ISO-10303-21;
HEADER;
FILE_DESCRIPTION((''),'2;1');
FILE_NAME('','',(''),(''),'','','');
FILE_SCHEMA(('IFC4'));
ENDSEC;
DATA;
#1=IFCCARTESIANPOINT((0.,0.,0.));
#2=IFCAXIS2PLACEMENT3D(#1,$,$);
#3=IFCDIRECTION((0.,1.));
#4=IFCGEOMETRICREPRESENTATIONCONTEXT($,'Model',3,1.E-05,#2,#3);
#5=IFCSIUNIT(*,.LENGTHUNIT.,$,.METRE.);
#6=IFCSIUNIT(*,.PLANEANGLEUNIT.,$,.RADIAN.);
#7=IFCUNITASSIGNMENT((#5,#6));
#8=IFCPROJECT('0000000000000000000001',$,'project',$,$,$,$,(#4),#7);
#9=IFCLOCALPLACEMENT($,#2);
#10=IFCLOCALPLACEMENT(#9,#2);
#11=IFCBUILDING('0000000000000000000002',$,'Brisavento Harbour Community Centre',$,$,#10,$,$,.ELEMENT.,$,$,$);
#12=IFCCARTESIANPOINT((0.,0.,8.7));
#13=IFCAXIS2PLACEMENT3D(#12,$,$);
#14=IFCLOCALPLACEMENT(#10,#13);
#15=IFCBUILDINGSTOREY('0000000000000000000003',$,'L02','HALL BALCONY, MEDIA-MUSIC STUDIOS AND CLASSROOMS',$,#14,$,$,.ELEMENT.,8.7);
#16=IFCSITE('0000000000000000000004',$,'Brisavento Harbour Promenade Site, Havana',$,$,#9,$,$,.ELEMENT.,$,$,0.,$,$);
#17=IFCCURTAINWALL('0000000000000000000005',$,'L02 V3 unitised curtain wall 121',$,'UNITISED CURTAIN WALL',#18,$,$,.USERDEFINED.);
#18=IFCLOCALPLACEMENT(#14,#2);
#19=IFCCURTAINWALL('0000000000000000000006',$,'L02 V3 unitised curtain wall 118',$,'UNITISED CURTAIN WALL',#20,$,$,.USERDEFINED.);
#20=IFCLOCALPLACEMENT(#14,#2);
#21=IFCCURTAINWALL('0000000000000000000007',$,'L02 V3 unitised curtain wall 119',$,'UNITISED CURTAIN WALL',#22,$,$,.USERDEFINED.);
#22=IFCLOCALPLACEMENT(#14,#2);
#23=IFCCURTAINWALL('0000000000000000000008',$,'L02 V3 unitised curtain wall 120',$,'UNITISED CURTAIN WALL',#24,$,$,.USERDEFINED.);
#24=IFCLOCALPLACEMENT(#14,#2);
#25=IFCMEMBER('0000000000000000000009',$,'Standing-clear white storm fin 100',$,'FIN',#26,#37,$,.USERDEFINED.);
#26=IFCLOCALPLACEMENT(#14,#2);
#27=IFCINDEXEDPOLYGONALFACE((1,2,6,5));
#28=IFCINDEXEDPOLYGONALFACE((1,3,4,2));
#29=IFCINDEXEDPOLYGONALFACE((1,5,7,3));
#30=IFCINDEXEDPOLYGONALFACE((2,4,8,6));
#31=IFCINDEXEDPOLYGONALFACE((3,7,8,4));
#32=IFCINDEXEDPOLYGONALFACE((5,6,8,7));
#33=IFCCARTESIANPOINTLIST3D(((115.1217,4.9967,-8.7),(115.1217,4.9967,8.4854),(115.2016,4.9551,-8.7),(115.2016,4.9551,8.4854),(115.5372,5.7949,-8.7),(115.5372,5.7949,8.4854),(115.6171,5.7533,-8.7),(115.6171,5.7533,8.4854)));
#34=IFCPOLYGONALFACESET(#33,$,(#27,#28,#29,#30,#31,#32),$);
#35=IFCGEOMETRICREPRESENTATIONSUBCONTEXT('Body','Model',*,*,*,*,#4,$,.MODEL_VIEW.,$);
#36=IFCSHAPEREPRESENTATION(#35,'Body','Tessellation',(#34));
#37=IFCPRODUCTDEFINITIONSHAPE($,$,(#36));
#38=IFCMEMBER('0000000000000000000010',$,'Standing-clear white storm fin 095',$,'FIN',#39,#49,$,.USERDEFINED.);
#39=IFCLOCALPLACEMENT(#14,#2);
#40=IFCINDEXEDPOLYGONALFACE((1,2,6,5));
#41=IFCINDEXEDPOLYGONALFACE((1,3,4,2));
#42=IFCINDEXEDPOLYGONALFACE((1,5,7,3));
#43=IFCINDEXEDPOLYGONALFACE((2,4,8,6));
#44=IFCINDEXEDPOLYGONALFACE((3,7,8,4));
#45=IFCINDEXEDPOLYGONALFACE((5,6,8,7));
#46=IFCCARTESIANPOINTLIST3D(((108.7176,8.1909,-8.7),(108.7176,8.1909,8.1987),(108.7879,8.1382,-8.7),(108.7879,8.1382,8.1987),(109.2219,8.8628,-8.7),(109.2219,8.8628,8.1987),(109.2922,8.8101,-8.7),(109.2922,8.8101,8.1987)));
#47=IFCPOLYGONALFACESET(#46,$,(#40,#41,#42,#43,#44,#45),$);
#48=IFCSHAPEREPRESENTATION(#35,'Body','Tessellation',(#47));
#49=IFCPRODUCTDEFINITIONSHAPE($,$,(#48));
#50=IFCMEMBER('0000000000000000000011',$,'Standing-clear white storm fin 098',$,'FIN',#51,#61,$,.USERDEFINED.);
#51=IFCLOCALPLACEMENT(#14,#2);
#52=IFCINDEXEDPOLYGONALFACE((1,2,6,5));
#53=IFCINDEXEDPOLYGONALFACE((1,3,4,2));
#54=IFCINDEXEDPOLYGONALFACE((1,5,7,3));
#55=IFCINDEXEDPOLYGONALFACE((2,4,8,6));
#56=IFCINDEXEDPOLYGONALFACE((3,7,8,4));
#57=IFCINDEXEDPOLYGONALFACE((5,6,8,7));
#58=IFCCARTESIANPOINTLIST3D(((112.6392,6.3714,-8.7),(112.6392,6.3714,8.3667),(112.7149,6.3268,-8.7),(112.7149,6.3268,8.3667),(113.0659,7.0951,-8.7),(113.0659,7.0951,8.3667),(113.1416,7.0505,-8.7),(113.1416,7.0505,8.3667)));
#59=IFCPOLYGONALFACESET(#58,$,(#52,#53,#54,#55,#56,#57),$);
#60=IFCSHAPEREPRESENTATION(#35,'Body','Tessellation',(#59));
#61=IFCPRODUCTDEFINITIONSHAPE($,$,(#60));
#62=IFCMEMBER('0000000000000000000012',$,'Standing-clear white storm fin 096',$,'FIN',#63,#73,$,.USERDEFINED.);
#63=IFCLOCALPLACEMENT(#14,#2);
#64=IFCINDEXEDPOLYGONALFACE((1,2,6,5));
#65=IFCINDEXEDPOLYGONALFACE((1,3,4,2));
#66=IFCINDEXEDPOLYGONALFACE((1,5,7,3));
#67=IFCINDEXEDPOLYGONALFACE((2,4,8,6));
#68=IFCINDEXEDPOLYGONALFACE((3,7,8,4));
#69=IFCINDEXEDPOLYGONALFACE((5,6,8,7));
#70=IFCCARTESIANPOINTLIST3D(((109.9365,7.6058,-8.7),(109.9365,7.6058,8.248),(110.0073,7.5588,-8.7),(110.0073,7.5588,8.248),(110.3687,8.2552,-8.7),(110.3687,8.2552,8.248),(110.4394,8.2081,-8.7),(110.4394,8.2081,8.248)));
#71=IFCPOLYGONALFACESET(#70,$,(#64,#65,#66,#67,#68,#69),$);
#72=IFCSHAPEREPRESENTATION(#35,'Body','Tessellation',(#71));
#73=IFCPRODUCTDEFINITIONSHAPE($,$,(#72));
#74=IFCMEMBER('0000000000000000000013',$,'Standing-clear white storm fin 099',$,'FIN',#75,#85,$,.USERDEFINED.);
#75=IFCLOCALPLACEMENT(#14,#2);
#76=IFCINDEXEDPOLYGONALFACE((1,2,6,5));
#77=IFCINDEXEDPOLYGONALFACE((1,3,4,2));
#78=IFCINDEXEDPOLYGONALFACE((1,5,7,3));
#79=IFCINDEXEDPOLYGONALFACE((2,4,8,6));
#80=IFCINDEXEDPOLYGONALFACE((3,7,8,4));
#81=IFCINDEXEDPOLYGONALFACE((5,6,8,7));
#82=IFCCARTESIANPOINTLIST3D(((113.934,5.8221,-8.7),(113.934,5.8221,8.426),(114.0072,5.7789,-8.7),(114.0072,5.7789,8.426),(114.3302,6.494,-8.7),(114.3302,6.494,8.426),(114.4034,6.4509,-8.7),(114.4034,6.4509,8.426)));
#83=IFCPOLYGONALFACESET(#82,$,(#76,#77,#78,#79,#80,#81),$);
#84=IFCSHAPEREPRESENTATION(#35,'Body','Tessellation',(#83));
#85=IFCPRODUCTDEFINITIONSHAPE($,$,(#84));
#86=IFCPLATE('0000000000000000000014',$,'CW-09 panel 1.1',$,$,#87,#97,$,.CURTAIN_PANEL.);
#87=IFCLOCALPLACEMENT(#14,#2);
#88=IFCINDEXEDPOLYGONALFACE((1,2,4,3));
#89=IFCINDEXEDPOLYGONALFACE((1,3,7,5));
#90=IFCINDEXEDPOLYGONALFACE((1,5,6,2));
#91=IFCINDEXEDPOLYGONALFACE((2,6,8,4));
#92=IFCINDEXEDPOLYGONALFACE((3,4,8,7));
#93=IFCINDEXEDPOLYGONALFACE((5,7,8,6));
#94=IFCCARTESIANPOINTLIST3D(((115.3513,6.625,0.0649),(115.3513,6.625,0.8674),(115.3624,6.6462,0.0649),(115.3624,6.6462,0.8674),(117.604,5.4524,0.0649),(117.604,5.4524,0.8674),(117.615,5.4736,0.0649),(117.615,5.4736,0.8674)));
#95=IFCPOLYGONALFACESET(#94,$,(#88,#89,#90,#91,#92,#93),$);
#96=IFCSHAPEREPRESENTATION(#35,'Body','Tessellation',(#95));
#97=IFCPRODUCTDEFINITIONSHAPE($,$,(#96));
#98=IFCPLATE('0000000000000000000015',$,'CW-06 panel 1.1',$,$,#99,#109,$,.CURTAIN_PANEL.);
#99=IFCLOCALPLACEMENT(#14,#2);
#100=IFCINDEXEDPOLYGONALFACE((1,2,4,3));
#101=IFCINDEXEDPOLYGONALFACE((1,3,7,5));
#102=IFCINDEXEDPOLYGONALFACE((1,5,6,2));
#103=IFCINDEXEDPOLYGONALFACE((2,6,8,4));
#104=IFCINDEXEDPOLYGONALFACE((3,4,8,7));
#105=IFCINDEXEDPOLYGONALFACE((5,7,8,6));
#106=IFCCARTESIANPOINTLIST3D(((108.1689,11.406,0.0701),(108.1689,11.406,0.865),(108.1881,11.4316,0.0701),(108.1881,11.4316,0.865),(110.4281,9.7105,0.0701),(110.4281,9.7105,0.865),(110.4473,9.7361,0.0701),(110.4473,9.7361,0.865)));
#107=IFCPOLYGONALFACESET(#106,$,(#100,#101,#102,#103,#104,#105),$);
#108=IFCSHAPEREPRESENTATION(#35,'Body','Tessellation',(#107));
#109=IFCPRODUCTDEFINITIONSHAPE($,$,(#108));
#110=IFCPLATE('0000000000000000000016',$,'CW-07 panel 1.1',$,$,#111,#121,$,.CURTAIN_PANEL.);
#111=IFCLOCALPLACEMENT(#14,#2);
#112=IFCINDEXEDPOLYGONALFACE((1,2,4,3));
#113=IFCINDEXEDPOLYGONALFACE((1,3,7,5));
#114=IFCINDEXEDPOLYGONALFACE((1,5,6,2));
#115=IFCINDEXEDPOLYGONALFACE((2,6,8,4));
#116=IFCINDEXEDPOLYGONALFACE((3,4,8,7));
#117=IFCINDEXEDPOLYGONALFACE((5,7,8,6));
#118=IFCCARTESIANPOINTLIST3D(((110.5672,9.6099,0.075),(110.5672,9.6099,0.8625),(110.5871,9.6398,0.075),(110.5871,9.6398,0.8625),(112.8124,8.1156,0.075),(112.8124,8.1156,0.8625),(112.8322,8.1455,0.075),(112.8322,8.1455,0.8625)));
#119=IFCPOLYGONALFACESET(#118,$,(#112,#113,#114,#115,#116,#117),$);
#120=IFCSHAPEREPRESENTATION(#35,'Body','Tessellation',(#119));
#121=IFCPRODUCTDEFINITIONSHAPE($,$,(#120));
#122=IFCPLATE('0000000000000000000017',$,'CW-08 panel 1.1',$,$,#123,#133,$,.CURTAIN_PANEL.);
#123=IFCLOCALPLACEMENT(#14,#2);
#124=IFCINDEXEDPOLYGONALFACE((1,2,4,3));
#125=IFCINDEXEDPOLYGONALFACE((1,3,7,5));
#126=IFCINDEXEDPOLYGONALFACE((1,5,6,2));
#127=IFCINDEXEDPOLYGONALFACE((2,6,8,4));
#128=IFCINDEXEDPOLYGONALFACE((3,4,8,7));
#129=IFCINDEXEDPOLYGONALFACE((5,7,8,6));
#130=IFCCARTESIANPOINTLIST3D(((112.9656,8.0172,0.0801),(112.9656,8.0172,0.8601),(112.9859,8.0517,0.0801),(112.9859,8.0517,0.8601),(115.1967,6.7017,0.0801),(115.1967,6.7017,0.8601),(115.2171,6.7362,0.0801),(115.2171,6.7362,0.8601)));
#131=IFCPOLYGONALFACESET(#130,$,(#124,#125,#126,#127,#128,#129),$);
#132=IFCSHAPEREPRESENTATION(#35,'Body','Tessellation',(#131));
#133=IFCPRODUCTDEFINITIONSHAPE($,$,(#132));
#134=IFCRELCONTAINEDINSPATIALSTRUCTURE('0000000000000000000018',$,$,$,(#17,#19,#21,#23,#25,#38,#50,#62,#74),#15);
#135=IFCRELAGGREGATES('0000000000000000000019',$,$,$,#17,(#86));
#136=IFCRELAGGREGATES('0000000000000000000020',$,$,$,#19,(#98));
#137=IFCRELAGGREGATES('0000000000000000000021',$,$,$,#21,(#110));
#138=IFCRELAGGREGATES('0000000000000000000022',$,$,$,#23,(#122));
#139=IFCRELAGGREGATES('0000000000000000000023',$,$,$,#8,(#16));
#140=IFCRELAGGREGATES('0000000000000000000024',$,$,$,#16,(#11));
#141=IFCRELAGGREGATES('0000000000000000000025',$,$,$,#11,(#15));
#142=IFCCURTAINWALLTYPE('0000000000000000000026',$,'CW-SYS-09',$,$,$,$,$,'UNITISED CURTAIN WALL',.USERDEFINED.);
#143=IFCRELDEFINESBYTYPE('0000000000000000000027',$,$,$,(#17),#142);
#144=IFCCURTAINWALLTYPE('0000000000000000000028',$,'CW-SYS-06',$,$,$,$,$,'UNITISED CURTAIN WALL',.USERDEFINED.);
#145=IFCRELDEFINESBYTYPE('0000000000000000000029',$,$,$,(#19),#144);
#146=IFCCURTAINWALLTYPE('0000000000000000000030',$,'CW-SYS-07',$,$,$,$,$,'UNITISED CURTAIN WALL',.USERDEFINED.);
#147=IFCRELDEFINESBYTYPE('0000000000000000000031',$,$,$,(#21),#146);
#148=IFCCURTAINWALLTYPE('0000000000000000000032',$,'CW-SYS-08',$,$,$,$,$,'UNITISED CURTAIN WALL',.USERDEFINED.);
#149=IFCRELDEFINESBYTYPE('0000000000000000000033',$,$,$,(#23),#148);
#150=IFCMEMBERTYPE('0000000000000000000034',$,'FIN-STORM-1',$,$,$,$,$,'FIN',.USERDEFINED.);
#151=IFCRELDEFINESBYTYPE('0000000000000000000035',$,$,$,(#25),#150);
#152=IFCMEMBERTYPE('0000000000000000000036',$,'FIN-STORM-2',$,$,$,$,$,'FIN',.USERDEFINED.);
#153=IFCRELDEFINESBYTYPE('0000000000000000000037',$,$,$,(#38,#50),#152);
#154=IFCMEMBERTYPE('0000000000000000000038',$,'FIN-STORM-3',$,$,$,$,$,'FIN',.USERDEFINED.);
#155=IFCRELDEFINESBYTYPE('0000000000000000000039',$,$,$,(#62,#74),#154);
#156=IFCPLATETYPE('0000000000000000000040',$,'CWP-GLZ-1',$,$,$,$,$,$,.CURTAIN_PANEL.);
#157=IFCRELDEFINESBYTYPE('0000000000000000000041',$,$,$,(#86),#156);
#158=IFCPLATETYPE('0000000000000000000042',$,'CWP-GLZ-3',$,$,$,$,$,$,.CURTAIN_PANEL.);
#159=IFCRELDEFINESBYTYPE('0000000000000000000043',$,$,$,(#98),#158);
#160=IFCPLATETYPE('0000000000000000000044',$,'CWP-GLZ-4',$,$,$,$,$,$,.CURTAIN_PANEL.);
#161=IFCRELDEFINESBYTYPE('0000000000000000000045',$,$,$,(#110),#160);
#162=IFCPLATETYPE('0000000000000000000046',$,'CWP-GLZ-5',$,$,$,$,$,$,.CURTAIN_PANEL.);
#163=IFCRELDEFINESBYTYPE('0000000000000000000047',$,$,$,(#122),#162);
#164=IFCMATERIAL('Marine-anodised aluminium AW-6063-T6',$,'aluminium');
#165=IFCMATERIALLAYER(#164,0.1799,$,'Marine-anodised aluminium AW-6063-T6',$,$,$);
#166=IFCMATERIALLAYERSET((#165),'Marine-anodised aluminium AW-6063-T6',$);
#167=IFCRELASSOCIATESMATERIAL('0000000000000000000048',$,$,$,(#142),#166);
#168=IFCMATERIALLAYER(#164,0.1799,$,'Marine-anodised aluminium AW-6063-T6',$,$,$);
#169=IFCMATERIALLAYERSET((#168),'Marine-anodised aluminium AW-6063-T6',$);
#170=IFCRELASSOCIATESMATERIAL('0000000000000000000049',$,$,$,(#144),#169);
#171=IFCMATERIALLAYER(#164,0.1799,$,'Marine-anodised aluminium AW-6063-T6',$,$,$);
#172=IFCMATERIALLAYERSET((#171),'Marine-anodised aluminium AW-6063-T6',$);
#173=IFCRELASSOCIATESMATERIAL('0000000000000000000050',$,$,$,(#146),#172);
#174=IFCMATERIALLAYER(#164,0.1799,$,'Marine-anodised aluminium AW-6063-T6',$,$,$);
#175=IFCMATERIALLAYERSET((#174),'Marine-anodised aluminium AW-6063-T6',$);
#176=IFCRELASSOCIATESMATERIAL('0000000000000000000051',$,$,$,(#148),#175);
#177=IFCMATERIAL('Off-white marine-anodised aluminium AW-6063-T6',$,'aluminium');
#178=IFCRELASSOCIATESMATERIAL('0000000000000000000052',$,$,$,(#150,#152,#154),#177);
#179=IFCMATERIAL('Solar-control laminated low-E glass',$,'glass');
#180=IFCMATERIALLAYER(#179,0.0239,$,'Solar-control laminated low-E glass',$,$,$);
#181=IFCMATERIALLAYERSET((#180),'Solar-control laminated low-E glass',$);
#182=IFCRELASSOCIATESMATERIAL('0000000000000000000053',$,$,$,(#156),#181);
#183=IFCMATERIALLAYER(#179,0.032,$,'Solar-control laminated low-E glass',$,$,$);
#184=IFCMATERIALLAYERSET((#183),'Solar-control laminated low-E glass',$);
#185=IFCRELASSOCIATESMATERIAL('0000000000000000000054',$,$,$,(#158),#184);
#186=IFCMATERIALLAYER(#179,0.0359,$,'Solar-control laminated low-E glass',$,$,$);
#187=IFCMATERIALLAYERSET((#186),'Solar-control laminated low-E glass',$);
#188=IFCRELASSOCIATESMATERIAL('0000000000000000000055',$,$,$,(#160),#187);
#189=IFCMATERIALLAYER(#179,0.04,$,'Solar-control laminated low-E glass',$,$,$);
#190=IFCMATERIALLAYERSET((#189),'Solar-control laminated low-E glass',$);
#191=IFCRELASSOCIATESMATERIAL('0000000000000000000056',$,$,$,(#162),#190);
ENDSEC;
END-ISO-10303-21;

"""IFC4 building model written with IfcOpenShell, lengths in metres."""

from ifc_helpers import new_model, si_unit, direction, frame, origin, origin_2d, place, context, subcontext, project, spatial, rectangle, extrude, material, layer, layer_set, material_profile, profile_set, type_object, element, aggregate, save


model = new_model("IFC4")

# Units and contexts
model_context = context("Model", 3, precision=1e-05, world=origin(), true_north=direction((0.0, 1.0)))
body_context = subcontext(model_context, "Body", "Model", "MODEL_VIEW")
ifc_project = project(units=[si_unit("LENGTHUNIT", "METRE"), si_unit("PLANEANGLEUNIT", "RADIAN")], contexts=[model_context])

# Site, building, storey
site_placement = place(None, origin())
site = spatial("IfcSite", under=ifc_project, at=site_placement, Name="Brisavento Harbour Promenade Site, Havana", CompositionType="ELEMENT", RefElevation=0.0)
building_placement = place(site_placement, origin())
building = spatial("IfcBuilding", under=site, at=building_placement, Name="Brisavento Harbour Community Centre", CompositionType="ELEMENT")
storey_placement = place(building_placement, frame((0.0, 0.0, 8.7)))
storey = spatial("IfcBuildingStorey", under=building, at=storey_placement, Name="L02", Description="HALL BALCONY, MEDIA-MUSIC STUDIOS AND CLASSROOMS", CompositionType="ELEMENT", Elevation=8.7)

# Curtain walls
ifc_material_1 = material(Name="Marine-anodised aluminium AW-6063-T6", Category="aluminium")
ifc_layer_1 = layer(ifc_material_1, 0.1799, Name="Marine-anodised aluminium AW-6063-T6")
ifc_layer_set_1 = layer_set([ifc_layer_1], Name="Marine-anodised aluminium AW-6063-T6")
curtain_wall_type_1 = type_object("IfcCurtainWallType", Name="CW-SYS-09", ElementType="UNITISED CURTAIN WALL", PredefinedType="USERDEFINED", material=ifc_layer_set_1)
curtain_wall_1_placement = place(storey_placement, origin())
curtain_wall_1 = element("IfcCurtainWall", 1, at=curtain_wall_1_placement, inside=storey, type_object=curtain_wall_type_1, Name="L02 V3 unitised curtain wall 121", ObjectType="UNITISED CURTAIN WALL", PredefinedType="USERDEFINED")
ifc_layer_2 = layer(ifc_material_1, 0.1799, Name="Marine-anodised aluminium AW-6063-T6")
ifc_layer_set_2 = layer_set([ifc_layer_2], Name="Marine-anodised aluminium AW-6063-T6")
curtain_wall_type_2 = type_object("IfcCurtainWallType", Name="CW-SYS-06", ElementType="UNITISED CURTAIN WALL", PredefinedType="USERDEFINED", material=ifc_layer_set_2)
curtain_wall_2_placement = place(storey_placement, origin())
curtain_wall_2 = element("IfcCurtainWall", 2, at=curtain_wall_2_placement, inside=storey, type_object=curtain_wall_type_2, Name="L02 V3 unitised curtain wall 118", ObjectType="UNITISED CURTAIN WALL", PredefinedType="USERDEFINED")

# Curtain walls
ifc_layer_3 = layer(ifc_material_1, 0.1799, Name="Marine-anodised aluminium AW-6063-T6")
ifc_layer_set_3 = layer_set([ifc_layer_3], Name="Marine-anodised aluminium AW-6063-T6")
curtain_wall_type_3 = type_object("IfcCurtainWallType", Name="CW-SYS-07", ElementType="UNITISED CURTAIN WALL", PredefinedType="USERDEFINED", material=ifc_layer_set_3)
curtain_wall_3_placement = place(storey_placement, origin())
curtain_wall_3 = element("IfcCurtainWall", 3, at=curtain_wall_3_placement, inside=storey, type_object=curtain_wall_type_3, Name="L02 V3 unitised curtain wall 119", ObjectType="UNITISED CURTAIN WALL", PredefinedType="USERDEFINED")
ifc_layer_4 = layer(ifc_material_1, 0.1799, Name="Marine-anodised aluminium AW-6063-T6")
ifc_layer_set_4 = layer_set([ifc_layer_4], Name="Marine-anodised aluminium AW-6063-T6")
curtain_wall_type_4 = type_object("IfcCurtainWallType", Name="CW-SYS-08", ElementType="UNITISED CURTAIN WALL", PredefinedType="USERDEFINED", material=ifc_layer_set_4)
curtain_wall_4_placement = place(storey_placement, origin())
curtain_wall_4 = element("IfcCurtainWall", 4, at=curtain_wall_4_placement, inside=storey, type_object=curtain_wall_type_4, Name="L02 V3 unitised curtain wall 120", ObjectType="UNITISED CURTAIN WALL", PredefinedType="USERDEFINED")

# Members
ifc_material_2 = material(Name="Off-white marine-anodised aluminium AW-6063-T6", Category="aluminium")
ifc_material_profile_1 = material_profile(ifc_material_2, rectangle(XDim=0.0901, YDim=0.8999, at=origin_2d()), Name="Off-white marine-anodised aluminium AW-6063-T6")
ifc_profile_set_1 = profile_set([ifc_material_profile_1], Name="Off-white marine-anodised aluminium AW-6063-T6")
member_type_1 = type_object("IfcMemberType", Name="FIN-STORM-1", ElementType="FIN", PredefinedType="USERDEFINED", material=ifc_profile_set_1)
member_1_placement = place(storey_placement, frame((115.3694, 5.375, -8.7), z_axis=(0.0, 0.0, 1.0), x_axis=(-0.887035, 0.461702, 0.0)))
element("IfcMember", 5, at=member_1_placement, inside=storey, type_object=member_type_1, Name="Standing-clear white storm fin 100", ObjectType="FIN", PredefinedType="USERDEFINED", context=body_context, shape_type="SweptSolid", body=[
    extrude(rectangle(XDim=0.0901, YDim=0.8999, at=origin_2d()), origin(), (0.0, 0.0, 1.0), 17.1853),
])
ifc_material_profile_2 = material_profile(ifc_material_2, rectangle(XDim=0.0879, YDim=0.8401, at=origin_2d()), Name="Off-white marine-anodised aluminium AW-6063-T6")
ifc_profile_set_2 = profile_set([ifc_material_profile_2], Name="Off-white marine-anodised aluminium AW-6063-T6")
member_type_2 = type_object("IfcMemberType", Name="FIN-STORM-2", ElementType="FIN", PredefinedType="USERDEFINED", material=ifc_profile_set_2)
member_2_placement = place(storey_placement, frame((109.0049, 8.5005, -8.7), z_axis=(0.0, 0.0, 1.0), x_axis=(-0.79981, 0.600253, 0.0)))
element("IfcMember", 6, at=member_2_placement, inside=storey, type_object=member_type_2, Name="Standing-clear white storm fin 095", ObjectType="FIN", PredefinedType="USERDEFINED", context=body_context, shape_type="SweptSolid", body=[
    extrude(rectangle(XDim=0.0879, YDim=0.8401, at=origin_2d()), origin(), (0.0, 0.0, 1.0), 16.8987),
])
member_3_placement = place(storey_placement, frame((112.8904, 6.7109, -8.7), z_axis=(0.0, 0.0, 1.0), x_axis=(-0.861434, 0.507869, 0.0)))
element("IfcMember", 7, at=member_3_placement, inside=storey, type_object=member_type_2, Name="Standing-clear white storm fin 098", ObjectType="FIN", PredefinedType="USERDEFINED", context=body_context, shape_type="SweptSolid", body=[
    extrude(rectangle(XDim=0.0879, YDim=0.8401, at=origin_2d()), origin(), (0.0, 0.0, 1.0), 17.0667),
])
ifc_material_profile_3 = material_profile(ifc_material_2, rectangle(XDim=0.085, YDim=0.78, at=origin_2d()), Name="Off-white marine-anodised aluminium AW-6063-T6")
ifc_profile_set_3 = profile_set([ifc_material_profile_3], Name="Off-white marine-anodised aluminium AW-6063-T6")
member_type_3 = type_object("IfcMemberType", Name="FIN-STORM-3", ElementType="FIN", PredefinedType="USERDEFINED", material=ifc_profile_set_3)
member_4_placement = place(storey_placement, frame((110.188, 7.907, -8.7), z_axis=(0.0, 0.0, 1.0), x_axis=(-0.832477, 0.55406, 0.0)))
element("IfcMember", 8, at=member_4_placement, inside=storey, type_object=member_type_3, Name="Standing-clear white storm fin 096", ObjectType="FIN", PredefinedType="USERDEFINED", context=body_context, shape_type="SweptSolid", body=[
    extrude(rectangle(XDim=0.085, YDim=0.78, at=origin_2d()), origin(), (0.0, 0.0, 1.0), 16.948),
])
member_5_placement = place(storey_placement, frame((114.1687, 6.1365, -8.7), z_axis=(0.0, 0.0, 1.0), x_axis=(-0.861434, 0.507869, 0.0)))
element("IfcMember", 9, at=member_5_placement, inside=storey, type_object=member_type_3, Name="Standing-clear white storm fin 099", ObjectType="FIN", PredefinedType="USERDEFINED", context=body_context, shape_type="SweptSolid", body=[
    extrude(rectangle(XDim=0.085, YDim=0.78, at=origin_2d()), origin(), (0.0, 0.0, 1.0), 17.126),
])

# Plates
ifc_material_3 = material(Name="Solar-control laminated low-E glass", Category="glass")
ifc_layer_5 = layer(ifc_material_3, 0.0239, Name="Solar-control laminated low-E glass")
ifc_layer_set_5 = layer_set([ifc_layer_5], Name="Solar-control laminated low-E glass")
plate_type_1 = type_object("IfcPlateType", Name="CWP-GLZ-1", PredefinedType="CURTAIN_PANEL", material=ifc_layer_set_5)
plate_1_placement = place(storey_placement, frame((116.4832, 6.0493, 0.0649), z_axis=(0.0, 0.0, 1.0), x_axis=(-0.887027, 0.461718, 0.0)))
plate_1 = element("IfcPlate", 10, at=plate_1_placement, type_object=plate_type_1, Name="CW-09 panel 1.1", PredefinedType="CURTAIN_PANEL", context=body_context, shape_type="SweptSolid", body=[
    extrude(rectangle(XDim=2.5396, YDim=0.0239, at=origin_2d()), origin(), (0.0, 0.0, 1.0), 0.8025),
])
aggregate(curtain_wall_1, [plate_1])
ifc_layer_6 = layer(ifc_material_3, 0.032, Name="Solar-control laminated low-E glass")
ifc_layer_set_6 = layer_set([ifc_layer_6], Name="Solar-control laminated low-E glass")
plate_type_2 = type_object("IfcPlateType", Name="CWP-GLZ-3", PredefinedType="CURTAIN_PANEL", material=ifc_layer_set_6)
plate_2_placement = place(storey_placement, frame((109.3081, 10.571, 0.0701), z_axis=(0.0, 0.0, 1.0), x_axis=(-0.799806, 0.600259, 0.0)))
plate_2 = element("IfcPlate", 11, at=plate_2_placement, type_object=plate_type_2, Name="CW-06 panel 1.1", PredefinedType="CURTAIN_PANEL", context=body_context, shape_type="SweptSolid", body=[
    extrude(rectangle(XDim=2.8247, YDim=0.032, at=origin_2d()), origin(), (0.0, 0.0, 1.0), 0.7949),
])
aggregate(curtain_wall_2, [plate_2])
ifc_layer_7 = layer(ifc_material_3, 0.0359, Name="Solar-control laminated low-E glass")
ifc_layer_set_7 = layer_set([ifc_layer_7], Name="Solar-control laminated low-E glass")
plate_type_3 = type_object("IfcPlateType", Name="CWP-GLZ-4", PredefinedType="CURTAIN_PANEL", material=ifc_layer_set_7)
plate_3_placement = place(storey_placement, frame((111.6997, 8.8777, 0.075), z_axis=(0.0, 0.0, 1.0), x_axis=(-0.832472, 0.554068, 0.0)))
plate_3 = element("IfcPlate", 12, at=plate_3_placement, type_object=plate_type_3, Name="CW-07 panel 1.1", PredefinedType="CURTAIN_PANEL", context=body_context, shape_type="SweptSolid", body=[
    extrude(rectangle(XDim=2.697, YDim=0.0359, at=origin_2d()), origin(), (0.0, 0.0, 1.0), 0.7876),
])
aggregate(curtain_wall_3, [plate_3])
ifc_layer_8 = layer(ifc_material_3, 0.04, Name="Solar-control laminated low-E glass")
ifc_layer_set_8 = layer_set([ifc_layer_8], Name="Solar-control laminated low-E glass")
plate_type_4 = type_object("IfcPlateType", Name="CWP-GLZ-5", PredefinedType="CURTAIN_PANEL", material=ifc_layer_set_8)
plate_4_placement = place(storey_placement, frame((114.0913, 7.3767, 0.0801), z_axis=(0.0, 0.0, 1.0), x_axis=(-0.86143, 0.507876, 0.0)))
plate_4 = element("IfcPlate", 13, at=plate_4_placement, type_object=plate_type_4, Name="CW-08 panel 1.1", PredefinedType="CURTAIN_PANEL", context=body_context, shape_type="SweptSolid", body=[
    extrude(rectangle(XDim=2.5901, YDim=0.04, at=origin_2d()), origin(), (0.0, 0.0, 1.0), 0.78),
])
aggregate(curtain_wall_4, [plate_4])

save(model, "model.ifc")
